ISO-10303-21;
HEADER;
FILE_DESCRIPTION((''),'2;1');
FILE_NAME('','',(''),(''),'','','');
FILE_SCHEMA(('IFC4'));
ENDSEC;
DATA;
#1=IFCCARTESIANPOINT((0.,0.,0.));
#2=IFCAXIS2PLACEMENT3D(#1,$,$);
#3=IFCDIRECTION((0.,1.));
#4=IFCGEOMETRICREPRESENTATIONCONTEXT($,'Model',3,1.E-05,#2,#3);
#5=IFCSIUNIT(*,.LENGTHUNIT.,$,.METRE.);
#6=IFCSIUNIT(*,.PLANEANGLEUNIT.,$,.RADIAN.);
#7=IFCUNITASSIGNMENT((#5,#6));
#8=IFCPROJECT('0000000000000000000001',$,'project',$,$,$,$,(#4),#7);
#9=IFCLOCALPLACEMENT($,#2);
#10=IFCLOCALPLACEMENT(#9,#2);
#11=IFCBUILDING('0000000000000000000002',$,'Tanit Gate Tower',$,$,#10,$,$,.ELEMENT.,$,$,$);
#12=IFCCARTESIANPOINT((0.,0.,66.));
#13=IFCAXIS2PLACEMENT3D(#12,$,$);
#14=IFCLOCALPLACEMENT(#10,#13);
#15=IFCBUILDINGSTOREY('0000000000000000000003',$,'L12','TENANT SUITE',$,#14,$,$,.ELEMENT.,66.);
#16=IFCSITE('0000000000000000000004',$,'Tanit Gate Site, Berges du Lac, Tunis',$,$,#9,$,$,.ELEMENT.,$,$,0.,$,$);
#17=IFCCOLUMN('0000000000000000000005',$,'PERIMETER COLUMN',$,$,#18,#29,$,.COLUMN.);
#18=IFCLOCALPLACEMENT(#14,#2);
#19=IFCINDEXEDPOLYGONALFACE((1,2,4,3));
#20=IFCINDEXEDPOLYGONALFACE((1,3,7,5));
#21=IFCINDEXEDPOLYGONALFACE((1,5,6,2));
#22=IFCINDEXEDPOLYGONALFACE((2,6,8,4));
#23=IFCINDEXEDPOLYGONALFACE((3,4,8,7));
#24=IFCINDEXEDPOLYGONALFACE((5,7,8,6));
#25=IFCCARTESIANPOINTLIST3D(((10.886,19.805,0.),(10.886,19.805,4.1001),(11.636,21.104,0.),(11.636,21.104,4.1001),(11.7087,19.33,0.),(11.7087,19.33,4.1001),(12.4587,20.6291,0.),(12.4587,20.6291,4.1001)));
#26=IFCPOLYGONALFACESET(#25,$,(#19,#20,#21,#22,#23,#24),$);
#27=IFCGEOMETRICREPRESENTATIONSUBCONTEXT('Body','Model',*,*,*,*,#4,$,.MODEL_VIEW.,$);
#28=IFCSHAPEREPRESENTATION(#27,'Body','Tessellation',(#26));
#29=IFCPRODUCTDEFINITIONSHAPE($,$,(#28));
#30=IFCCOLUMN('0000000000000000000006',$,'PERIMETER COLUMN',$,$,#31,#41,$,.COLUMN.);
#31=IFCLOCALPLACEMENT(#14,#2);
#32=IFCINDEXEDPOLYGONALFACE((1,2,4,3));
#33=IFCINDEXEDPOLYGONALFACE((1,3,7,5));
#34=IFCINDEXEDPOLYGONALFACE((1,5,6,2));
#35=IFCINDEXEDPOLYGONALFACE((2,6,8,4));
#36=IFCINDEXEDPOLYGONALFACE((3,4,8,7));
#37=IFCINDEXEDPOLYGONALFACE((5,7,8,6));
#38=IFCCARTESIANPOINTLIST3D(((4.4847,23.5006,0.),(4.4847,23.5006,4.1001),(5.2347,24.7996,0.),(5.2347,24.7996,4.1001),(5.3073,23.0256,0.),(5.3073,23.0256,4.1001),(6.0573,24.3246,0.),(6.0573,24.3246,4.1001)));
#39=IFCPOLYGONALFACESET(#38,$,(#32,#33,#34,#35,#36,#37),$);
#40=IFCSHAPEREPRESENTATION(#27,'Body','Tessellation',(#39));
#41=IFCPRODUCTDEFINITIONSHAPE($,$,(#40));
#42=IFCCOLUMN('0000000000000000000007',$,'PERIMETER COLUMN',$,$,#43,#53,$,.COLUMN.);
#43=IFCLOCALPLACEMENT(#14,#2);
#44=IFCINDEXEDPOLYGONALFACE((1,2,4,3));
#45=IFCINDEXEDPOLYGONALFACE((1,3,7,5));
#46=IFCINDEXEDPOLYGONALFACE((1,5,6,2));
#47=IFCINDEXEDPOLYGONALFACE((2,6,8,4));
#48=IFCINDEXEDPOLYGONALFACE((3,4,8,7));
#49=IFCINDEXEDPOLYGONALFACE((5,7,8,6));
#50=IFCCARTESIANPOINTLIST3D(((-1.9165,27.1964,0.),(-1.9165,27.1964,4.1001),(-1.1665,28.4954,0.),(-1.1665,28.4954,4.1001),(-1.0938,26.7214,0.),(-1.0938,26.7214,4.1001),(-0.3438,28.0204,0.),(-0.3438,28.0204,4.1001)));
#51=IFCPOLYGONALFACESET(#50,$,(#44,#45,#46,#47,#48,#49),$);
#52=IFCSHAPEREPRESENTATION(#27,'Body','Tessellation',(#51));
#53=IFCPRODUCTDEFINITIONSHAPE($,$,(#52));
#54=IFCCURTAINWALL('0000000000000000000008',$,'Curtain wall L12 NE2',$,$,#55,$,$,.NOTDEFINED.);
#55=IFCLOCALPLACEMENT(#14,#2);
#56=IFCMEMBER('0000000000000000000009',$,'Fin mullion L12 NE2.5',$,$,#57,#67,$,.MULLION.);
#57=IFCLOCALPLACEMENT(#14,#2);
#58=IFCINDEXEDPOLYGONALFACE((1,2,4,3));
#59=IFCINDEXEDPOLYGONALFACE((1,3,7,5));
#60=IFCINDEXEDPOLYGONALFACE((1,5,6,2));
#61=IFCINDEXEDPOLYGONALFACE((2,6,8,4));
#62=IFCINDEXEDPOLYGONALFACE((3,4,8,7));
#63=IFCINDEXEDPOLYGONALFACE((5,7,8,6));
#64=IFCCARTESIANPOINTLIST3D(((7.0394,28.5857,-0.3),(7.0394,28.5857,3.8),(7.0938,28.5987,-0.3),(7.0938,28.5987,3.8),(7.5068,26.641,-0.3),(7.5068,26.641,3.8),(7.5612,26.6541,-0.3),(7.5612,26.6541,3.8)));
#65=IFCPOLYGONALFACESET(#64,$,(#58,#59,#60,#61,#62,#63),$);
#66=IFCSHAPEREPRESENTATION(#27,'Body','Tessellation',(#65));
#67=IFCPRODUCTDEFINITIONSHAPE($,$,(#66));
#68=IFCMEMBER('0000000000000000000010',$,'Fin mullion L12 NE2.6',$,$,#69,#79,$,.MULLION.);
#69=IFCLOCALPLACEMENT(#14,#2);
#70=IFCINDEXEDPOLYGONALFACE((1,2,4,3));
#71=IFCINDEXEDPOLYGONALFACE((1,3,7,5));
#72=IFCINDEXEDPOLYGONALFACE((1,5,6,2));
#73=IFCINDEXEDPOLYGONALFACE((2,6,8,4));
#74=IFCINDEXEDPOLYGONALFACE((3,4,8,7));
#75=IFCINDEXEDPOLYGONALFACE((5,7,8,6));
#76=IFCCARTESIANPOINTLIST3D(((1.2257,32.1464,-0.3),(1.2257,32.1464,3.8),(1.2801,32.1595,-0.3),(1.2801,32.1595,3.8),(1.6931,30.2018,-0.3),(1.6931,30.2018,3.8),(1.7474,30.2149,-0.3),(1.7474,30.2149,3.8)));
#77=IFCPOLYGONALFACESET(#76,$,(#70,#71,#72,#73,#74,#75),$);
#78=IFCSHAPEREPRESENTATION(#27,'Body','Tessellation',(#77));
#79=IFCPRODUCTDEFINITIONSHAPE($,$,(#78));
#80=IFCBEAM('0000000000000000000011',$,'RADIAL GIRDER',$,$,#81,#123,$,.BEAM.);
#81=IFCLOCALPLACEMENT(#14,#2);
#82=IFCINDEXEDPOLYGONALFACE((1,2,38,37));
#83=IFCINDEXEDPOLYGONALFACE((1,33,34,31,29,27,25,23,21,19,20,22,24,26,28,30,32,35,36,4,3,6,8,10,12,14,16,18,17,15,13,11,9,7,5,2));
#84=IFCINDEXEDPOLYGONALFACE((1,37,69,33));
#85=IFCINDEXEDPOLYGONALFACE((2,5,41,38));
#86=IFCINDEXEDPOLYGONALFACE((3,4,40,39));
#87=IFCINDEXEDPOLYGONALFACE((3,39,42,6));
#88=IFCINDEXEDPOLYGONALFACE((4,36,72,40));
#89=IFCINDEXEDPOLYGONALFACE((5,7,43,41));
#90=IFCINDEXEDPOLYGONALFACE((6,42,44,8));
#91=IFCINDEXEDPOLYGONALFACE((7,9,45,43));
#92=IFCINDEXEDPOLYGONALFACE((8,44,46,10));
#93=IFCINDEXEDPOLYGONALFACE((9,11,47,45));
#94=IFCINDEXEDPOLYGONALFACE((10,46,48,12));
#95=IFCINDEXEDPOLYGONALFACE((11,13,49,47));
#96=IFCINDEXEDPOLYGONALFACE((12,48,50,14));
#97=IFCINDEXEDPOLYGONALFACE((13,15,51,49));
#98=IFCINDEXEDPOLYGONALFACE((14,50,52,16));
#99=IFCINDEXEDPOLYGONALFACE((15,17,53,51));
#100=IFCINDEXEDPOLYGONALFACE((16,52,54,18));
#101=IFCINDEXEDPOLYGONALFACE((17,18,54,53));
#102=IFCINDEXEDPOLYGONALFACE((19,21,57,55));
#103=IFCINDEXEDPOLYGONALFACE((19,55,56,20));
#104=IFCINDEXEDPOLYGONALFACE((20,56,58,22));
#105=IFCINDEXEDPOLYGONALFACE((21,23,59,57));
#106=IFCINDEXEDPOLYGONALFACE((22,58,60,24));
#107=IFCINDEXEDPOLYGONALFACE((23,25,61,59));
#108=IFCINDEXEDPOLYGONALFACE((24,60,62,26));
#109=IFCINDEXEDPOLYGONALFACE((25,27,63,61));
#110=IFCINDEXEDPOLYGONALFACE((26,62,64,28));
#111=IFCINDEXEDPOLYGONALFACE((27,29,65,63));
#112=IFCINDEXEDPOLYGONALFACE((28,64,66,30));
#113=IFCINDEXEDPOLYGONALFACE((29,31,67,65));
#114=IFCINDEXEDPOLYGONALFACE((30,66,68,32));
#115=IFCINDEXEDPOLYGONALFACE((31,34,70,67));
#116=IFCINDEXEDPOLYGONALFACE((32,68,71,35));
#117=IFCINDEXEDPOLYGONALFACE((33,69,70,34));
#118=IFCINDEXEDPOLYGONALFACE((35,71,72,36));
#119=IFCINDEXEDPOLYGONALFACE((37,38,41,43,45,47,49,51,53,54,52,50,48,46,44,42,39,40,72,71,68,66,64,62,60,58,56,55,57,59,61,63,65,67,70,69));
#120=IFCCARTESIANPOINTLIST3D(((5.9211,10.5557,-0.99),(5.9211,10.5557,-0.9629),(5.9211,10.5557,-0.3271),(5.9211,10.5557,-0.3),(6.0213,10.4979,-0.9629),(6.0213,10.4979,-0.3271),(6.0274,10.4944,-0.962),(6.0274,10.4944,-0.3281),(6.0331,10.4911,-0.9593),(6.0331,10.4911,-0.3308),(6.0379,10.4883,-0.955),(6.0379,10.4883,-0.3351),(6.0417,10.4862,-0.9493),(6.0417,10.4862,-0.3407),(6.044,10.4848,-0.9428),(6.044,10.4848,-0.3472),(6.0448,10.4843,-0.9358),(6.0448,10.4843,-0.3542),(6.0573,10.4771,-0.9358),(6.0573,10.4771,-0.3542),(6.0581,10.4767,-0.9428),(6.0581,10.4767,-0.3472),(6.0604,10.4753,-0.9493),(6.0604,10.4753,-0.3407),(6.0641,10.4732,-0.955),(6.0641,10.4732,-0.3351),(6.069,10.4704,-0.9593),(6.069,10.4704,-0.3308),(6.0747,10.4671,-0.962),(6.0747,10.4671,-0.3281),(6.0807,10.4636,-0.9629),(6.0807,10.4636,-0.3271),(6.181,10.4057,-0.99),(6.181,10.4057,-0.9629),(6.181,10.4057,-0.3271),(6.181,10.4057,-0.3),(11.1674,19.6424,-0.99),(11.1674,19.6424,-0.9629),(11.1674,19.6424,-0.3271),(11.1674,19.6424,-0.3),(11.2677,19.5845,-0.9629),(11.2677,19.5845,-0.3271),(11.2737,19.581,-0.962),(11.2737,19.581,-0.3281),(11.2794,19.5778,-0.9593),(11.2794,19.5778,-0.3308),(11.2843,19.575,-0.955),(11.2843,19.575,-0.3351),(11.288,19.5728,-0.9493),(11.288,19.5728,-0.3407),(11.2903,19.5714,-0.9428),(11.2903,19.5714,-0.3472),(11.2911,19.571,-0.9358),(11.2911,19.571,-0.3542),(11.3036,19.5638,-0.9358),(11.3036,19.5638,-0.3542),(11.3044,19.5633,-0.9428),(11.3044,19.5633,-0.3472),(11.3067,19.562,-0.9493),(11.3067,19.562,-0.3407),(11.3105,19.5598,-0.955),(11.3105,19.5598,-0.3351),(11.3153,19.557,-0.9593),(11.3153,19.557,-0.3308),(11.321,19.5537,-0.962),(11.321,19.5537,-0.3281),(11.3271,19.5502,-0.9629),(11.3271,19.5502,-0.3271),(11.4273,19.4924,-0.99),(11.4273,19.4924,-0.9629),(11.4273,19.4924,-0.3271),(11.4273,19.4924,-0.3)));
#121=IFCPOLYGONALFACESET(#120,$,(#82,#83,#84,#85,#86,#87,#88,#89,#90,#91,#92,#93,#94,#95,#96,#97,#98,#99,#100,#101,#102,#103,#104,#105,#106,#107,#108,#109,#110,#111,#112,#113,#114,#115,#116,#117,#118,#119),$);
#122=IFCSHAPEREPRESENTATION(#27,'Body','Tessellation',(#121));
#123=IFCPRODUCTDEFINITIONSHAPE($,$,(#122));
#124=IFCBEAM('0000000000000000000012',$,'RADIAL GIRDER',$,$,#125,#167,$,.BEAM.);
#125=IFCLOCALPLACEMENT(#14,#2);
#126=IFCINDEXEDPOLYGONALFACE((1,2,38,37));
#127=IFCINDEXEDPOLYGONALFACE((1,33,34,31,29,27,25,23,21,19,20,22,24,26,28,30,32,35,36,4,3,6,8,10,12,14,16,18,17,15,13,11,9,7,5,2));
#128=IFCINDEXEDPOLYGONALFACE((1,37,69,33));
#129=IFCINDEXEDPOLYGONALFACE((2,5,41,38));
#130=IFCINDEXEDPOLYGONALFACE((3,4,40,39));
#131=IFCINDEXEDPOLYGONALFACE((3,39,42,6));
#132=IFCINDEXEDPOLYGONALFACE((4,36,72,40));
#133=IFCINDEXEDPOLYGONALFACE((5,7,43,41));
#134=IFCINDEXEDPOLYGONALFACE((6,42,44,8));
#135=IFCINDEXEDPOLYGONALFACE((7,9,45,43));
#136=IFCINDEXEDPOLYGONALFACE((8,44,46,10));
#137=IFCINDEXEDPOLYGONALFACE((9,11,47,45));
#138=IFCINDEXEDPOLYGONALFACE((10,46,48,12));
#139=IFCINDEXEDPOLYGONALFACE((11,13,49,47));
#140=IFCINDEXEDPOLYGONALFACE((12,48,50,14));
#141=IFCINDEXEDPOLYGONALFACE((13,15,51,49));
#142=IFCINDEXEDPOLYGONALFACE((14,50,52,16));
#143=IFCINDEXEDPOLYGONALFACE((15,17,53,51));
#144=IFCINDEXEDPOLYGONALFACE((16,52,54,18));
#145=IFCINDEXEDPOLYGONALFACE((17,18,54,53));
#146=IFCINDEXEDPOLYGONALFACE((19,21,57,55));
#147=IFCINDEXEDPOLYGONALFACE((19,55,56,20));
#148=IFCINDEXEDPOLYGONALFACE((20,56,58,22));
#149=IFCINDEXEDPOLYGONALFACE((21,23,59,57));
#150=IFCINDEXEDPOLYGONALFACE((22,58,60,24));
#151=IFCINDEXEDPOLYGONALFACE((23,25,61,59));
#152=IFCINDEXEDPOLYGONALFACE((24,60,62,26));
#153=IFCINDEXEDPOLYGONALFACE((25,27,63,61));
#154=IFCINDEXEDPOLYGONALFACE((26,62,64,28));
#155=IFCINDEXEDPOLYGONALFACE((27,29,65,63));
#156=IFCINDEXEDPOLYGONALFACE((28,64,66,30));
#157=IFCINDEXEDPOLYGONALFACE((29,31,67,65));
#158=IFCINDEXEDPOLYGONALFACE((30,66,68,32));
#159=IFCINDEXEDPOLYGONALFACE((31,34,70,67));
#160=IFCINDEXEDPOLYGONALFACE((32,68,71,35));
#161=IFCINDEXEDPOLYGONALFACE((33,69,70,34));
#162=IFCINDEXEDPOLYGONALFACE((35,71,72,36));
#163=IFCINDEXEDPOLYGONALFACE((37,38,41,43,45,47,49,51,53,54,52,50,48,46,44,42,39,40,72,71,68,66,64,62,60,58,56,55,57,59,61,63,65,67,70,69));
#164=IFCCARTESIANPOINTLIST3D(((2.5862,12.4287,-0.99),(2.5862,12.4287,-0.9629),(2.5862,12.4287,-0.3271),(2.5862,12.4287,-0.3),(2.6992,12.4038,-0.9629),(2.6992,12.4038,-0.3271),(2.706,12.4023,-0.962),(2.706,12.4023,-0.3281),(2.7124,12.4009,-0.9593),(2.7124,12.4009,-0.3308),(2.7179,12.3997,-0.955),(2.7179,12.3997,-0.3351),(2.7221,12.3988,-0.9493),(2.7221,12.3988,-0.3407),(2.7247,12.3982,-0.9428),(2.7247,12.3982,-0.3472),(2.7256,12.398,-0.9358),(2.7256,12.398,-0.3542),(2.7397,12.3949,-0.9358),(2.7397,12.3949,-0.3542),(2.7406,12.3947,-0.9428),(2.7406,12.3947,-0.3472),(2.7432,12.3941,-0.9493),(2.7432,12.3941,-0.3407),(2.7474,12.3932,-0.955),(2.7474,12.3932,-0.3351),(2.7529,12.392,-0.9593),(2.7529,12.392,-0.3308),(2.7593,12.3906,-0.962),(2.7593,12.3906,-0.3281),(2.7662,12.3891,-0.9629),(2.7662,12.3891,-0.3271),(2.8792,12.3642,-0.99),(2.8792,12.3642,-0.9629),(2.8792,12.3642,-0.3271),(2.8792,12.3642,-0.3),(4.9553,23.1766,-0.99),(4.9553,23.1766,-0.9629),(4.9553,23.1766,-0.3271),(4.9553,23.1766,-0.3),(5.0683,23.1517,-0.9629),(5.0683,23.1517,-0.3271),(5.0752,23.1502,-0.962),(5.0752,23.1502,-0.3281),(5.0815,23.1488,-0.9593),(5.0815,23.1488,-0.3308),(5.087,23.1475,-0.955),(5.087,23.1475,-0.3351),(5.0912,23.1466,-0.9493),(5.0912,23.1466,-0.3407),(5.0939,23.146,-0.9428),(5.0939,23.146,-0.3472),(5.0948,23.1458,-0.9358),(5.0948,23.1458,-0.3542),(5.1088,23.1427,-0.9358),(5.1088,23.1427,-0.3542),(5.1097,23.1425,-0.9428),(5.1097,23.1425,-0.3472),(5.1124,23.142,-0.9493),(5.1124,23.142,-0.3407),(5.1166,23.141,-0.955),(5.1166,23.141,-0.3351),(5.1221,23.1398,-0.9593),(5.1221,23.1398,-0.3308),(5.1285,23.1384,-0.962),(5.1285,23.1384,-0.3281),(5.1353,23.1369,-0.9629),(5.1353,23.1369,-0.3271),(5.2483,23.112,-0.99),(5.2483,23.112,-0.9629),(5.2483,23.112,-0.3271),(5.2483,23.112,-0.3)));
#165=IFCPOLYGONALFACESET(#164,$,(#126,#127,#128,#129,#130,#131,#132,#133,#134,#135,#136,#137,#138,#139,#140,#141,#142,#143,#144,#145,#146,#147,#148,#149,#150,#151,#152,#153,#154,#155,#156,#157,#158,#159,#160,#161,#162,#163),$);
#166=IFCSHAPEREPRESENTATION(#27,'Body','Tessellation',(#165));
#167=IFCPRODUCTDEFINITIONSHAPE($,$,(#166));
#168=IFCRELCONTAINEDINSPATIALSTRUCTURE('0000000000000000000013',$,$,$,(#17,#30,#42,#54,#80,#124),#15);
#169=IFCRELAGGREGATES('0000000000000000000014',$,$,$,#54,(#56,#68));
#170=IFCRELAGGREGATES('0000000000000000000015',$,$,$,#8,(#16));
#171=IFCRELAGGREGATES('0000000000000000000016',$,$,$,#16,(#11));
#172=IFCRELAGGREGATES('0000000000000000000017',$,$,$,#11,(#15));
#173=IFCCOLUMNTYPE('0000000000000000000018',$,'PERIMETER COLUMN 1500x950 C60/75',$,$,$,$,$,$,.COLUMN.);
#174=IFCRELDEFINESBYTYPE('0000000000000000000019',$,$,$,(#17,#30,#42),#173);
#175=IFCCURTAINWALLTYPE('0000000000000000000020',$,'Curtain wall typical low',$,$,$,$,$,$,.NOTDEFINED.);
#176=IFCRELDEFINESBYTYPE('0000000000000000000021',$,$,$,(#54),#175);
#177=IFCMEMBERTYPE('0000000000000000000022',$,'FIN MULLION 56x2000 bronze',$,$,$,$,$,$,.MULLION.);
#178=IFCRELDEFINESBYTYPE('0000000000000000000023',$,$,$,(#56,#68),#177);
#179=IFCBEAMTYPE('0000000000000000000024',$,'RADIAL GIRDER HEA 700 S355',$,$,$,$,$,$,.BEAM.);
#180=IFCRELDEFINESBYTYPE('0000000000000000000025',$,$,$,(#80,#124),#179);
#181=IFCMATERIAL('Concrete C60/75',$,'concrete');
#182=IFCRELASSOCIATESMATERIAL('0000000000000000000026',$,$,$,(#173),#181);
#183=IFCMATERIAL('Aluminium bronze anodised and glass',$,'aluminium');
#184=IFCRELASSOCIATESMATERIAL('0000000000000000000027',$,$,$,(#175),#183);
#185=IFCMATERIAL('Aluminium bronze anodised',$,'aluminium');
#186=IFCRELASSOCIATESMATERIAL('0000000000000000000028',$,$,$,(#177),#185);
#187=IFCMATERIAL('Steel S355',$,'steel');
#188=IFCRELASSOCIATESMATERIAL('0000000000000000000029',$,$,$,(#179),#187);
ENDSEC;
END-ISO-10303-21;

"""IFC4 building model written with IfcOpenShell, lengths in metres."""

from ifc_helpers import new_model, si_unit, direction, frame, origin, origin_2d, place, context, subcontext, project, spatial, rectangle, i_section, extrude, material, material_profile, profile_set, type_object, element, aggregate, save


model = new_model("IFC4")

# Units and contexts
model_context = context("Model", 3, precision=1e-05, world=origin(), true_north=direction((0.0, 1.0)))
body_context = subcontext(model_context, "Body", "Model", "MODEL_VIEW")
ifc_project = project(units=[si_unit("LENGTHUNIT", "METRE"), si_unit("PLANEANGLEUNIT", "RADIAN")], contexts=[model_context])

# Site, building, storey
site_placement = place(None, origin())
site = spatial("IfcSite", under=ifc_project, at=site_placement, Name="Tanit Gate Site, Berges du Lac, Tunis", CompositionType="ELEMENT", RefElevation=0.0)
building_placement = place(site_placement, origin())
building = spatial("IfcBuilding", under=site, at=building_placement, Name="Tanit Gate Tower", CompositionType="ELEMENT")
storey_placement = place(building_placement, frame((0.0, 0.0, 66.0)))
storey = spatial("IfcBuildingStorey", under=building, at=storey_placement, Name="L12", Description="TENANT SUITE", CompositionType="ELEMENT", Elevation=66.0)

# Columns
ifc_material_1 = material(Name="Concrete C60/75", Category="concrete")
ifc_material_profile_1 = material_profile(ifc_material_1, rectangle(XDim=1.5, YDim=0.95, at=origin_2d()), Name="RC 1500x950")
ifc_profile_set_1 = profile_set([ifc_material_profile_1], Name="Concrete C60/75")
column_type = type_object("IfcColumnType", Name="PERIMETER COLUMN 1500x950 C60/75", PredefinedType="COLUMN", material=ifc_profile_set_1)
for number, where, z_axis, x_axis, name in (
    (1, (11.6724, 20.217, 0.0), (0.0, 0.0, 1.0), (0.5, 0.866025, 0.0), "PERIMETER COLUMN"),
    (2, (5.271, 23.9126, 0.0), (0.0, 0.0, 1.0), (0.5, 0.866025, 0.0), "PERIMETER COLUMN"),
    (3, (-1.1301, 27.6084, 0.0), (0.0, 0.0, 1.0), (0.5, 0.866025, 0.0), "PERIMETER COLUMN"),
):
    element("IfcColumn", number, at=place(storey_placement, frame(where, z_axis=z_axis, x_axis=x_axis)), inside=storey, type_object=column_type, Name=name, PredefinedType="COLUMN", context=body_context, shape_type="SweptSolid", body=[
        extrude(rectangle(XDim=1.5, YDim=0.95, at=origin_2d()), origin(), (0.0, 0.0, 1.0), 4.1001),
    ])

# Curtain wall, members
ifc_material_2 = material(Name="Aluminium bronze anodised and glass", Category="aluminium")
curtain_wall_type = type_object("IfcCurtainWallType", Name="Curtain wall typical low", PredefinedType="NOTDEFINED", material=ifc_material_2)
curtain_wall_placement = place(storey_placement, origin())
curtain_wall = element("IfcCurtainWall", 4, at=curtain_wall_placement, inside=storey, type_object=curtain_wall_type, Name="Curtain wall L12 NE2", PredefinedType="NOTDEFINED")
ifc_material_3 = material(Name="Aluminium bronze anodised", Category="aluminium")
ifc_material_profile_2 = material_profile(ifc_material_3, rectangle(XDim=2.0, YDim=0.0559, at=origin_2d()), Name="56x2000 bronze fin mullion")
ifc_profile_set_2 = profile_set([ifc_material_profile_2], Name="Aluminium bronze anodised")
member_type_1 = type_object("IfcMemberType", Name="FIN MULLION 56x2000 bronze", PredefinedType="MULLION", material=ifc_profile_set_2)
member_1_placement = place(storey_placement, frame((7.3003, 27.6199, -0.3), z_axis=(0.0, 0.0, 1.0), x_axis=(0.233691, -0.972311, 0.0)))
member_1 = element("IfcMember", 5, at=member_1_placement, type_object=member_type_1, Name="Fin mullion L12 NE2.5", PredefinedType="MULLION", context=body_context, shape_type="SweptSolid", body=[
    extrude(rectangle(XDim=2.0, YDim=0.0559, at=origin_2d()), origin(), (0.0, 0.0, 1.0), 4.1001),
])
member_2_placement = place(storey_placement, frame((1.4866, 31.1807, -0.3), z_axis=(0.0, 0.0, 1.0), x_axis=(0.233691, -0.972311, 0.0)))
member_2 = element("IfcMember", 6, at=member_2_placement, type_object=member_type_1, Name="Fin mullion L12 NE2.6", PredefinedType="MULLION", context=body_context, shape_type="SweptSolid", body=[
    extrude(rectangle(XDim=2.0, YDim=0.0559, at=origin_2d()), origin(), (0.0, 0.0, 1.0), 4.1001),
])

# Beams
ifc_material_4 = material(Name="Steel S355", Category="steel")
ifc_material_profile_3 = material_profile(ifc_material_4, i_section(OverallWidth=0.3, OverallDepth=0.6899, WebThickness=0.0144, FlangeThickness=0.0271, FilletRadius=0.0271, at=origin_2d()), Name="HEA 700")
ifc_profile_set_3 = profile_set([ifc_material_profile_3], Name="Steel S355")
beam_type = type_object("IfcBeamType", Name="RADIAL GIRDER HEA 700 S355", PredefinedType="BEAM", material=ifc_profile_set_3)
beam_1_placement = place(storey_placement, frame((11.2974, 19.5674, -0.645), z_axis=(-0.50001, -0.866019, 0.0), x_axis=(0.866019, -0.50001, 0.0)))
element("IfcBeam", 7, at=beam_1_placement, inside=storey, type_object=beam_type, Name="RADIAL GIRDER", PredefinedType="BEAM", context=body_context, shape_type="SweptSolid", body=[
    extrude(i_section(OverallWidth=0.3, OverallDepth=0.6899, WebThickness=0.0144, FlangeThickness=0.0271, FilletRadius=0.0271, at=origin_2d()), origin(), (0.0, 0.0, 1.0), 10.4924),
])
beam_2_placement = place(storey_placement, frame((5.1018, 23.1443, -0.645), z_axis=(-0.215263, -0.976556, 0.0), x_axis=(0.976556, -0.215263, 0.0)))
element("IfcBeam", 8, at=beam_2_placement, inside=storey, type_object=beam_type, Name="RADIAL GIRDER", PredefinedType="BEAM", context=body_context, shape_type="SweptSolid", body=[
    extrude(i_section(OverallWidth=0.3, OverallDepth=0.6899, WebThickness=0.0144, FlangeThickness=0.0271, FilletRadius=0.0271, at=origin_2d()), origin(), (0.0, 0.0, 1.0), 11.0059),
])

aggregate(curtain_wall, [member_1, member_2])

save(model, "model.ifc")
